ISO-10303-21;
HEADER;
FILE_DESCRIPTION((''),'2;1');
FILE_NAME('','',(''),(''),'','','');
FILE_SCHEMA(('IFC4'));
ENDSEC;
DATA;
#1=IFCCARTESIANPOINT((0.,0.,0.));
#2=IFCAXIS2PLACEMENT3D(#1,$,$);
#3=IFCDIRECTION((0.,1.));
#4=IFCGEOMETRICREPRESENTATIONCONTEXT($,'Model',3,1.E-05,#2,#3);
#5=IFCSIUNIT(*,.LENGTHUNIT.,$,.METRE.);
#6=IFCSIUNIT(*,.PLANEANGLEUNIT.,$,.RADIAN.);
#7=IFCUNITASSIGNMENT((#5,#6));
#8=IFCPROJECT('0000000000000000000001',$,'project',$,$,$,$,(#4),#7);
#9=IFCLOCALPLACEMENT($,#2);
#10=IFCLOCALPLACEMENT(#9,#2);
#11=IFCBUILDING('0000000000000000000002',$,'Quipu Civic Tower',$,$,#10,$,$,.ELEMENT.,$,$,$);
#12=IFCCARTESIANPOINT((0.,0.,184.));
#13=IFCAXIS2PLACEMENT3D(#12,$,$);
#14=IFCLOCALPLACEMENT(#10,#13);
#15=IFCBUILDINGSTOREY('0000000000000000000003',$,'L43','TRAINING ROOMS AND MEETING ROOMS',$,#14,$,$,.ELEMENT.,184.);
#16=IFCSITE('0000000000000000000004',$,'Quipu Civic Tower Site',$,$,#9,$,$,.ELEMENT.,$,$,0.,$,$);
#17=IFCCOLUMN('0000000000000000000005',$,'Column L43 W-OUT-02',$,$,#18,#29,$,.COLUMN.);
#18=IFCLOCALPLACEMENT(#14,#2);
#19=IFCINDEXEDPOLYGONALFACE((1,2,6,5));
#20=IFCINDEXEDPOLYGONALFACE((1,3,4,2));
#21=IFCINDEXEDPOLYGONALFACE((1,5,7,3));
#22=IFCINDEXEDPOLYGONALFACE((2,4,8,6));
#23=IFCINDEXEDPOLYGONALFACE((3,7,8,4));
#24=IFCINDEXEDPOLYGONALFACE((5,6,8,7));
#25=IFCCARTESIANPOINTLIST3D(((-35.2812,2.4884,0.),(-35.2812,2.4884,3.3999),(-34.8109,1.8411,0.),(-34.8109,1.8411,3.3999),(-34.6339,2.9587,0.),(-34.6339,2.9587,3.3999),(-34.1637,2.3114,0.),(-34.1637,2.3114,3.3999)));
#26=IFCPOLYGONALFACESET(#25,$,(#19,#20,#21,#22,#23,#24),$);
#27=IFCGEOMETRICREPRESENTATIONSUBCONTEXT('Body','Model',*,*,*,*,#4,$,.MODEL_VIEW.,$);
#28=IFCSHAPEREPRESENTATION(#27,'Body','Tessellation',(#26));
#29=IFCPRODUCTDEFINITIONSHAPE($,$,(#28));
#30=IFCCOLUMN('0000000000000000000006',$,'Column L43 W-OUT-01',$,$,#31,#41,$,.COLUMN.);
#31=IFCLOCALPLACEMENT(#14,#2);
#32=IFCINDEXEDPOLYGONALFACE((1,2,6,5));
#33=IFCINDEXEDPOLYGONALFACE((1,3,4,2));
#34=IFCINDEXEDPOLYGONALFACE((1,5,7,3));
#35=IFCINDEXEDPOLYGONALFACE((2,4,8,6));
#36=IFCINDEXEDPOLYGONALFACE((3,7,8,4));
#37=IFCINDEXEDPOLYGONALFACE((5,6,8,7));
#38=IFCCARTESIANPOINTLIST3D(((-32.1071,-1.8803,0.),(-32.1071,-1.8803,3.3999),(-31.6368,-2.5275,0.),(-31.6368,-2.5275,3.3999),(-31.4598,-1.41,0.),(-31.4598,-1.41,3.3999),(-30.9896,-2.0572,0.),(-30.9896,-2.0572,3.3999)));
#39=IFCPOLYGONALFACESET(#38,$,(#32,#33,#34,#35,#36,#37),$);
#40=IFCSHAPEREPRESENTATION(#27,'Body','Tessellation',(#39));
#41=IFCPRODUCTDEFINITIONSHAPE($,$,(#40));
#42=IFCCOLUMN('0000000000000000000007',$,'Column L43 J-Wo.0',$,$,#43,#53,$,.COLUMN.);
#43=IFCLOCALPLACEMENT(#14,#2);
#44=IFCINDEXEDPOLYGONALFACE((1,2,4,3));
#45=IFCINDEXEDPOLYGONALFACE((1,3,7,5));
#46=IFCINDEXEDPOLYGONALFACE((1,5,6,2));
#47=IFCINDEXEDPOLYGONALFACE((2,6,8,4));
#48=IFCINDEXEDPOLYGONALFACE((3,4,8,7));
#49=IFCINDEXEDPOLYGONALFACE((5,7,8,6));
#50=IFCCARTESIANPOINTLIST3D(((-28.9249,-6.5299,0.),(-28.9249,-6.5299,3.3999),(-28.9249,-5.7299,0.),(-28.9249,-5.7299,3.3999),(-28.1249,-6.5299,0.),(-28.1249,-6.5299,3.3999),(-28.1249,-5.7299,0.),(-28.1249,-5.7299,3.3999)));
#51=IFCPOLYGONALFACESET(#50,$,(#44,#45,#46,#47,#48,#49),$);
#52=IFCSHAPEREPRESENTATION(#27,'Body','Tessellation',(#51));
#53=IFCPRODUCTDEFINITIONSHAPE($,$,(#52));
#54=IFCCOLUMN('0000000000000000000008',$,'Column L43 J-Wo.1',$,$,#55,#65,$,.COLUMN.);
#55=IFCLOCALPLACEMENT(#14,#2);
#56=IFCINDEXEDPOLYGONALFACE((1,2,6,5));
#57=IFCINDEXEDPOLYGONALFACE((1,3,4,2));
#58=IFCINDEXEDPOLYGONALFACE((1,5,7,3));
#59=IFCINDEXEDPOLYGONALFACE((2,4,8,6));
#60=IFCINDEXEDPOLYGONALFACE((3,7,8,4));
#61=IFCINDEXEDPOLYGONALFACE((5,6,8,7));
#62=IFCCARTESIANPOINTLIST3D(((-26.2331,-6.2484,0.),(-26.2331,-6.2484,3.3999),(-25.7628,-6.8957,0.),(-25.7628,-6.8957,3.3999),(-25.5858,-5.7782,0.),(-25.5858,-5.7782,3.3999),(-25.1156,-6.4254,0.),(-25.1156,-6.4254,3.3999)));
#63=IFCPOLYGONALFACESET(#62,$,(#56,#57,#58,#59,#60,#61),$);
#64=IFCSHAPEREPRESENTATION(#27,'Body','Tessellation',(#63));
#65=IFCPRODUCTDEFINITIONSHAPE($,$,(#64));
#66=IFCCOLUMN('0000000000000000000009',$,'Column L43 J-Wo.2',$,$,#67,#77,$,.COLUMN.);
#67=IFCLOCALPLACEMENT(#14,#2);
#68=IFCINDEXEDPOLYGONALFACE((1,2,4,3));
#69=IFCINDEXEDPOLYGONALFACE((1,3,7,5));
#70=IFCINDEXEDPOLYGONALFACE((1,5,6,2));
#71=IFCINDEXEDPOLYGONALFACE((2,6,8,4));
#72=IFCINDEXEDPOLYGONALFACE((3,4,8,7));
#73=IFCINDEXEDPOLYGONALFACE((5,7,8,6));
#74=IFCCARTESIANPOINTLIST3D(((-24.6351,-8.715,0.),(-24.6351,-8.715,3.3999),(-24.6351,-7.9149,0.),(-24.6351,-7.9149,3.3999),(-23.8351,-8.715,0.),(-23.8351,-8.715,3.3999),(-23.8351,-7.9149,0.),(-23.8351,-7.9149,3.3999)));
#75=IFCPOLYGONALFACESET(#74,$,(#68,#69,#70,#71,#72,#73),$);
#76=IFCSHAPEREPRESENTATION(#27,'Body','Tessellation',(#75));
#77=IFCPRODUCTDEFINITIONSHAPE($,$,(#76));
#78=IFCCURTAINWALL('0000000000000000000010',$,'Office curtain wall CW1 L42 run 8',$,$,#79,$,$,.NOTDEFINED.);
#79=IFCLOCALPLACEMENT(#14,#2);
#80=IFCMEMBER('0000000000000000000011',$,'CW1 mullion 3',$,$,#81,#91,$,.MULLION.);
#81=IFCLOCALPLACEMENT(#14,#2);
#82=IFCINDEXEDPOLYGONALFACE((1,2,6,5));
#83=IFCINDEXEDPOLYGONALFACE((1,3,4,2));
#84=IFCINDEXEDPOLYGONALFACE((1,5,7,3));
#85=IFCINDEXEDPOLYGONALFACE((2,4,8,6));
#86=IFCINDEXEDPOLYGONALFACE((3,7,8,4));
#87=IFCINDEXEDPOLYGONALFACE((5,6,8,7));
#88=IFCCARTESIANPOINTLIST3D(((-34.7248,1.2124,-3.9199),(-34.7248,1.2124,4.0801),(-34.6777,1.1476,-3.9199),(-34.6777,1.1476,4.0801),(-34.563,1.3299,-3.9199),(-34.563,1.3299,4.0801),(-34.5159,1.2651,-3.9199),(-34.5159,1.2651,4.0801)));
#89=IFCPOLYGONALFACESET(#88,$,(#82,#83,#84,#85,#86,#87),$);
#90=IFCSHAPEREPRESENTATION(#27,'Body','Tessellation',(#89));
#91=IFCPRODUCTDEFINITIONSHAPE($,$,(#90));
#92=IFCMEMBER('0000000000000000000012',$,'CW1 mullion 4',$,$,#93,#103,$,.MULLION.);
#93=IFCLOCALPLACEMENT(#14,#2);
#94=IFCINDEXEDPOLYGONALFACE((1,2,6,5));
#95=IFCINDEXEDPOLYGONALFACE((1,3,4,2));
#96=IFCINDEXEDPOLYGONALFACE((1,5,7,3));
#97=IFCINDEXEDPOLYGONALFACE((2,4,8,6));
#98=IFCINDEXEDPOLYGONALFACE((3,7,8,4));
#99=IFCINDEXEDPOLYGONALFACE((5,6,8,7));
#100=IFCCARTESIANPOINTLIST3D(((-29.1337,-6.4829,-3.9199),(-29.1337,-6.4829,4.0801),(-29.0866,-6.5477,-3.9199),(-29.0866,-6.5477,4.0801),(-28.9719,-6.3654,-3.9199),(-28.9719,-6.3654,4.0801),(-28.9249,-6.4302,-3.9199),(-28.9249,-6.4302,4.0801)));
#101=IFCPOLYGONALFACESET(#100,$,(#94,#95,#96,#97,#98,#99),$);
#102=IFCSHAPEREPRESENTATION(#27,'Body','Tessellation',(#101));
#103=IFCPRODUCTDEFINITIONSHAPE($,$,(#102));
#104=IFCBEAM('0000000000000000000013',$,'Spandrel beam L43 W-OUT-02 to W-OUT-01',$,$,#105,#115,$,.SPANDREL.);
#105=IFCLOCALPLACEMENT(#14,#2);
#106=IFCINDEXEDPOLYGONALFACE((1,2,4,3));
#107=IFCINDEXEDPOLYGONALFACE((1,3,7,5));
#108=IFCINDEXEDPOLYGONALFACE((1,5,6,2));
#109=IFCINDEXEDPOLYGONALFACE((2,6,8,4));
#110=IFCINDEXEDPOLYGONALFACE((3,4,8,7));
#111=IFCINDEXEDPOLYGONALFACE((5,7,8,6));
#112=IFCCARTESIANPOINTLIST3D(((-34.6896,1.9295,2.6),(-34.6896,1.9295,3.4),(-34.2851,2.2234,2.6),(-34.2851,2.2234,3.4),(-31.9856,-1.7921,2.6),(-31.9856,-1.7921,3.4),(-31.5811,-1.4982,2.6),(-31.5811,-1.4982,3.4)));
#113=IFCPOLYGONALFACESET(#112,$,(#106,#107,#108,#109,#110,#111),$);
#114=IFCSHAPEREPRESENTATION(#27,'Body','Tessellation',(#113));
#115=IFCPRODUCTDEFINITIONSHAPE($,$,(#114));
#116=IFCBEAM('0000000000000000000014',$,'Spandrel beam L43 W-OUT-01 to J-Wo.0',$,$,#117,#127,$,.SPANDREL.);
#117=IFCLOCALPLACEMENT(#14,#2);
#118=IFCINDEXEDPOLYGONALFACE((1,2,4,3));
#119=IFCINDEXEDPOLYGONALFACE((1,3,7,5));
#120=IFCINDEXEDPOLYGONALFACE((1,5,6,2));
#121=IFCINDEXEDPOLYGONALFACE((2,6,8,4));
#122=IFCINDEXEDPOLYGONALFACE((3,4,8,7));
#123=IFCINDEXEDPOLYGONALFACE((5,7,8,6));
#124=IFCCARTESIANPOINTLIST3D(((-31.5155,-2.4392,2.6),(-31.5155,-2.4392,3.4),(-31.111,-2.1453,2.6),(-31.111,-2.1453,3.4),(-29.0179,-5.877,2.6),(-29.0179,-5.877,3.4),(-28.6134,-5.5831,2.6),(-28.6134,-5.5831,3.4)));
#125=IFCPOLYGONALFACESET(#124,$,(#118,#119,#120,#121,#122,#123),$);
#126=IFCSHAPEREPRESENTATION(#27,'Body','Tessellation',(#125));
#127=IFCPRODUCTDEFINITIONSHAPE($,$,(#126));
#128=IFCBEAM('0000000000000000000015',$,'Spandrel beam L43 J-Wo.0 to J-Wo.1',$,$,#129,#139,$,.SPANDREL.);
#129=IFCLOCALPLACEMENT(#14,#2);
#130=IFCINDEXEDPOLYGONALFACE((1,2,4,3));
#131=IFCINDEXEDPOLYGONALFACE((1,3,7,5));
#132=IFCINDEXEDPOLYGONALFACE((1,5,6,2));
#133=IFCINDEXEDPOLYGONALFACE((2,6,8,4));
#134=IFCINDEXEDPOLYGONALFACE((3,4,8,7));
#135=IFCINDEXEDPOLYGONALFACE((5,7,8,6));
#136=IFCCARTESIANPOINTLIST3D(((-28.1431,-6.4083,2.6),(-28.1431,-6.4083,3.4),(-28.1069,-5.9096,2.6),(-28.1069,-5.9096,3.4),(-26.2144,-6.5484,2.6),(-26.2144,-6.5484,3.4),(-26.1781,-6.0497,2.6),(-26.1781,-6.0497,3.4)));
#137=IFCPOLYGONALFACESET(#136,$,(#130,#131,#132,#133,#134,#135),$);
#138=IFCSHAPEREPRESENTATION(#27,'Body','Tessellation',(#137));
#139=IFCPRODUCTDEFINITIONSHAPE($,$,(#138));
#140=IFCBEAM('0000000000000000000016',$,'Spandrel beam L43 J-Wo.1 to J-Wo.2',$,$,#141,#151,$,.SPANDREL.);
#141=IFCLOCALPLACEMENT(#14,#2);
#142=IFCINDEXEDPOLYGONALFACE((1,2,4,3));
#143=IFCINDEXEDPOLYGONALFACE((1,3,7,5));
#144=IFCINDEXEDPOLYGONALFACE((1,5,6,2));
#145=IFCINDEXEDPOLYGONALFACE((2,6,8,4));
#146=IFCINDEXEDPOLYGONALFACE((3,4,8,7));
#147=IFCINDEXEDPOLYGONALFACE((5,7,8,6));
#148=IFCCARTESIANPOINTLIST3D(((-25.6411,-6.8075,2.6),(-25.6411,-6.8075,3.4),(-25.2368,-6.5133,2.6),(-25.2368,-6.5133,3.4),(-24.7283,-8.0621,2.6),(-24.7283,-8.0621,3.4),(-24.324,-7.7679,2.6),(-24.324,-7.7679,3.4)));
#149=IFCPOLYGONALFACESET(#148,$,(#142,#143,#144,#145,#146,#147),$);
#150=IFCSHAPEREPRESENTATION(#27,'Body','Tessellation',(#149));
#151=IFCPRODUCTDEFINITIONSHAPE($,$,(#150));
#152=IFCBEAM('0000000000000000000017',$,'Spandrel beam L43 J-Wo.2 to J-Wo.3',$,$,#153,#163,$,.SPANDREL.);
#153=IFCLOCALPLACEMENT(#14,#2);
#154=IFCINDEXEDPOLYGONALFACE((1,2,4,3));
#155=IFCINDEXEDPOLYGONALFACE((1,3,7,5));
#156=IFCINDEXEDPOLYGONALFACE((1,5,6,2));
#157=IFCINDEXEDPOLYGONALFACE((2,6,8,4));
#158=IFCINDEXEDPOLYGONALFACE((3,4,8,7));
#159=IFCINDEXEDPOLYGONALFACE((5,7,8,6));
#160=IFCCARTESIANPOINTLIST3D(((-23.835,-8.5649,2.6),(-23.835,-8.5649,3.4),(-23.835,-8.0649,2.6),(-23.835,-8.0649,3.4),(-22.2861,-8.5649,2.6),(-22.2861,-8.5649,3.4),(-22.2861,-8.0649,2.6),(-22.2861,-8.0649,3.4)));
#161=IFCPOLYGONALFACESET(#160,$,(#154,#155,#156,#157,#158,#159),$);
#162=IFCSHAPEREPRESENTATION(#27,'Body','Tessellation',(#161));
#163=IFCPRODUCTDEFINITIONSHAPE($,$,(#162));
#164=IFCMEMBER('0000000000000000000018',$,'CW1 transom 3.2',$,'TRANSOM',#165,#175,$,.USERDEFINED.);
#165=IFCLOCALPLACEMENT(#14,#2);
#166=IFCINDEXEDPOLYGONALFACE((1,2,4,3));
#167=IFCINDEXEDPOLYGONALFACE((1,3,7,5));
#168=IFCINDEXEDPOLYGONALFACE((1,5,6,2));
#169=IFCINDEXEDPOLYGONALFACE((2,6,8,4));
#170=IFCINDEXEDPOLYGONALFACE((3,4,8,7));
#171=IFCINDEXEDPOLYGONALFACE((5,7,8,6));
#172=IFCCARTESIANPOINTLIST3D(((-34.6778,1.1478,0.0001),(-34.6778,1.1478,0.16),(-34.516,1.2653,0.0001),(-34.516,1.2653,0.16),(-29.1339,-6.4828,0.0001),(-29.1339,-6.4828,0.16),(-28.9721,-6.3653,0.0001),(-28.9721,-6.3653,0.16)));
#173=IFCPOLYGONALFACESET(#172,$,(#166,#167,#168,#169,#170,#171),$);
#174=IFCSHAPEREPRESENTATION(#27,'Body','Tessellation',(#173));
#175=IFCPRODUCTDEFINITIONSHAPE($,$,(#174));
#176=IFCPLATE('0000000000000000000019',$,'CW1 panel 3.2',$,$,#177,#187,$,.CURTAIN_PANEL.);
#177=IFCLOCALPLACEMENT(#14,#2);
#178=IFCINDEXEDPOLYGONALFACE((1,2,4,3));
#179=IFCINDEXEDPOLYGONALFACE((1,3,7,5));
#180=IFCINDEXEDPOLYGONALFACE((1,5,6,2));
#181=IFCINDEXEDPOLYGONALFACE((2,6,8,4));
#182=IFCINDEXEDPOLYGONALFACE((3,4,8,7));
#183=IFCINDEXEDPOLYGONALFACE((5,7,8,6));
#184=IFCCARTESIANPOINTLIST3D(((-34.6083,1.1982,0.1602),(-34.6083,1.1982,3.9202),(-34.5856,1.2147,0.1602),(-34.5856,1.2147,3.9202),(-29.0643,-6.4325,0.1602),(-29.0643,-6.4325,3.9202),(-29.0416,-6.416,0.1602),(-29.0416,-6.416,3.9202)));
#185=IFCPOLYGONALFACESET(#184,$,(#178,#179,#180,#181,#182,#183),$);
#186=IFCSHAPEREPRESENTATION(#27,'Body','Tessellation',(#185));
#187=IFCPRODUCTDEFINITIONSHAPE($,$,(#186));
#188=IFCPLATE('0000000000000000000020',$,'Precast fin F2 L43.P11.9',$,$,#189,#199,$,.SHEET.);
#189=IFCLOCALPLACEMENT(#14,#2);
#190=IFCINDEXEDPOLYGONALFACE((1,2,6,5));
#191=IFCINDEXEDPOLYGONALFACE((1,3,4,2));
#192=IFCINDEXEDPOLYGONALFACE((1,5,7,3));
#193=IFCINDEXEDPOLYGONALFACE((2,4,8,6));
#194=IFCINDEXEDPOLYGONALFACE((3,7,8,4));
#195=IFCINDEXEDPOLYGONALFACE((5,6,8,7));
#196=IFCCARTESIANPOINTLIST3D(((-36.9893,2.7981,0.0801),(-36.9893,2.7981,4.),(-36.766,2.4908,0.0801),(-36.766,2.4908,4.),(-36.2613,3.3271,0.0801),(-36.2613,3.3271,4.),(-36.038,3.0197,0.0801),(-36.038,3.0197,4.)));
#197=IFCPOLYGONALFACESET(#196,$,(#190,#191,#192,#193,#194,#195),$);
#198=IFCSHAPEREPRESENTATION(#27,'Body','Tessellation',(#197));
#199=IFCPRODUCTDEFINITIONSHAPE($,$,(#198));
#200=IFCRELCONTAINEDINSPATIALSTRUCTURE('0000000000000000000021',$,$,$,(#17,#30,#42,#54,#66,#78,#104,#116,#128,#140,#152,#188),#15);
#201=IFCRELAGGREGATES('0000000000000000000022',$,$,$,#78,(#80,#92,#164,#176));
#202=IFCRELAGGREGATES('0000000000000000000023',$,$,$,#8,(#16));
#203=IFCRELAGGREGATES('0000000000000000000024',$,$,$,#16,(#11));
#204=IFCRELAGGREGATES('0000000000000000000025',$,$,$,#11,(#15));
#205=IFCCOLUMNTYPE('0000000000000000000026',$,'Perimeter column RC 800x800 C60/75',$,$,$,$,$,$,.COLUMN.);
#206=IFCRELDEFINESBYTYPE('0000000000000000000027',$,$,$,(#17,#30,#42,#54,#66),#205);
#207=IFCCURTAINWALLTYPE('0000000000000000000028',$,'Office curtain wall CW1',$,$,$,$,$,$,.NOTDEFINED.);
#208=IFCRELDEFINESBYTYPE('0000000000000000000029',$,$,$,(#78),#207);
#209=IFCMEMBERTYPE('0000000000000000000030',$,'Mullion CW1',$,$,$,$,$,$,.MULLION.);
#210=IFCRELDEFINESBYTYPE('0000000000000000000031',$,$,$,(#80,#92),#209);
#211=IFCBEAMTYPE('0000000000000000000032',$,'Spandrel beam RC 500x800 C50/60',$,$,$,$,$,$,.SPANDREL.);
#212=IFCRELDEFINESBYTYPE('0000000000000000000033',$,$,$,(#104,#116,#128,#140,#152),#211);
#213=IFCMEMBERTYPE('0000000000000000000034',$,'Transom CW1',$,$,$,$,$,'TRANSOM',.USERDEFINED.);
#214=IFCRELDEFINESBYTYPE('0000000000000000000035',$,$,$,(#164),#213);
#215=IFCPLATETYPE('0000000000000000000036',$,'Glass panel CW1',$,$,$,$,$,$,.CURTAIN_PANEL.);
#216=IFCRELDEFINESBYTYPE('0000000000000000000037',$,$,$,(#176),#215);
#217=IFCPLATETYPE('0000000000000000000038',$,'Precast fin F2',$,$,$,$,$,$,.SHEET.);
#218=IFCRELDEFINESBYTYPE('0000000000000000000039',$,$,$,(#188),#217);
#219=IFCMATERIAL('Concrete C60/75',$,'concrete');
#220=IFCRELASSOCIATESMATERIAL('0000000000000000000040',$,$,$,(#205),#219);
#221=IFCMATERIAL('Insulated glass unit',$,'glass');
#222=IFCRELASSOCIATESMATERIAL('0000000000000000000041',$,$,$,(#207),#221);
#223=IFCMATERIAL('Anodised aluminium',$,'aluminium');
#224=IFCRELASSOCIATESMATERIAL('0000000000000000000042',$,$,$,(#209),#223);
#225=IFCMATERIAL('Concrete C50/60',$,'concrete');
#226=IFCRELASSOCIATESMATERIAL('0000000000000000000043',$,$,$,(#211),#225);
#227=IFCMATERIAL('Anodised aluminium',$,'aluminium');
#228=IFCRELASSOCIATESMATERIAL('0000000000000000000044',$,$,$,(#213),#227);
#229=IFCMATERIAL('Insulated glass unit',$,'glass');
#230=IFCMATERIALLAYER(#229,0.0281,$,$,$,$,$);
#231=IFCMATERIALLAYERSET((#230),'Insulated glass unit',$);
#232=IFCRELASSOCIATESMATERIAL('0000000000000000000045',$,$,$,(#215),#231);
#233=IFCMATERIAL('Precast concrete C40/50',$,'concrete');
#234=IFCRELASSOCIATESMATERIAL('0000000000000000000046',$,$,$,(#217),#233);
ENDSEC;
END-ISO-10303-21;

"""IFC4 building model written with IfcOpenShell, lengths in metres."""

from ifc_helpers import new_model, si_unit, direction, frame, origin, origin_2d, place, context, subcontext, project, spatial, rectangle, extrude, material, layer, layer_set, material_profile, profile_set, type_object, element, aggregate, save


model = new_model("IFC4")

# Units and contexts
model_context = context("Model", 3, precision=1e-05, world=origin(), true_north=direction((0.0, 1.0)))
body_context = subcontext(model_context, "Body", "Model", "MODEL_VIEW")
ifc_project = project(units=[si_unit("LENGTHUNIT", "METRE"), si_unit("PLANEANGLEUNIT", "RADIAN")], contexts=[model_context])

# Site, building, storey
site_placement = place(None, origin())
site = spatial("IfcSite", under=ifc_project, at=site_placement, Name="Quipu Civic Tower Site", CompositionType="ELEMENT", RefElevation=0.0)
building_placement = place(site_placement, origin())
building = spatial("IfcBuilding", under=site, at=building_placement, Name="Quipu Civic Tower", CompositionType="ELEMENT")
storey_placement = place(building_placement, frame((0.0, 0.0, 184.0)))
storey = spatial("IfcBuildingStorey", under=building, at=storey_placement, Name="L43", Description="TRAINING ROOMS AND MEETING ROOMS", CompositionType="ELEMENT", Elevation=184.0)

# Columns
ifc_material_1 = material(Name="Concrete C60/75", Category="concrete")
ifc_material_profile_1 = material_profile(ifc_material_1, rectangle(XDim=0.8, YDim=0.8, at=origin_2d()), Name="RC800x800")
ifc_profile_set_1 = profile_set([ifc_material_profile_1], Name="Concrete C60/75")
column_type = type_object("IfcColumnType", Name="Perimeter column RC 800x800 C60/75", PredefinedType="COLUMN", material=ifc_profile_set_1)
for number, where, z_axis, x_axis, name in (
    (1, (-34.7224, 2.3999, 0.0), (0.0, 0.0, 1.0), (0.587785, -0.809017, 0.0), "Column L43 W-OUT-02"),
    (2, (-31.5483, -1.9688, 0.0), (0.0, 0.0, 1.0), (0.587785, -0.809017, 0.0), "Column L43 W-OUT-01"),
    (3, (-28.5249, -6.1299, 0.0), (0.0, 0.0, 1.0), (1.0, 0.0, 0.0), "Column L43 J-Wo.0"),
    (4, (-25.6743, -6.3369, 0.0), (0.0, 0.0, 1.0), (0.587785, -0.809017, 0.0), "Column L43 J-Wo.1"),
    (5, (-24.2351, -8.3149, 0.0), (0.0, 0.0, 1.0), (1.0, 0.0, 0.0), "Column L43 J-Wo.2"),
):
    element("IfcColumn", number, at=place(storey_placement, frame(where, z_axis=z_axis, x_axis=x_axis)), inside=storey, type_object=column_type, Name=name, PredefinedType="COLUMN", context=body_context, shape_type="SweptSolid", body=[
        extrude(rectangle(XDim=0.8, YDim=0.8, at=origin_2d()), origin(), (0.0, 0.0, 1.0), 3.3999),
    ])

# Curtain wall, members
ifc_material_2 = material(Name="Insulated glass unit", Category="glass")
curtain_wall_type = type_object("IfcCurtainWallType", Name="Office curtain wall CW1", PredefinedType="NOTDEFINED", material=ifc_material_2)
curtain_wall_placement = place(storey_placement, origin())
curtain_wall = element("IfcCurtainWall", 6, at=curtain_wall_placement, inside=storey, type_object=curtain_wall_type, Name="Office curtain wall CW1 L42 run 8", PredefinedType="NOTDEFINED")
ifc_material_3 = material(Name="Anodised aluminium", Category="aluminium")
ifc_material_profile_2 = material_profile(ifc_material_3, rectangle(XDim=0.2, YDim=0.0801, at=origin_2d()), Name="RECT 200x80")
ifc_profile_set_2 = profile_set([ifc_material_profile_2], Name="Anodised aluminium")
member_type_1 = type_object("IfcMemberType", Name="Mullion CW1", PredefinedType="MULLION", material=ifc_profile_set_2)
member_1_placement = place(storey_placement, frame((-34.6204, 1.2388, -3.9199), z_axis=(0.0, 0.0, 1.0), x_axis=(0.809017, 0.587786, 0.0)))
member_1 = element("IfcMember", 7, at=member_1_placement, type_object=member_type_1, Name="CW1 mullion 3", PredefinedType="MULLION", context=body_context, shape_type="SweptSolid", body=[
    extrude(rectangle(XDim=0.2, YDim=0.0801, at=origin_2d()), origin(), (0.0, 0.0, 1.0), 8.0),
])
member_2_placement = place(storey_placement, frame((-29.0293, -6.4565, -3.9199), z_axis=(0.0, 0.0, 1.0), x_axis=(0.809017, 0.587786, 0.0)))
member_2 = element("IfcMember", 8, at=member_2_placement, type_object=member_type_1, Name="CW1 mullion 4", PredefinedType="MULLION", context=body_context, shape_type="SweptSolid", body=[
    extrude(rectangle(XDim=0.2, YDim=0.0801, at=origin_2d()), origin(), (0.0, 0.0, 1.0), 8.0),
])

# Beams
ifc_material_4 = material(Name="Concrete C50/60", Category="concrete")
ifc_material_profile_3 = material_profile(ifc_material_4, rectangle(XDim=0.5, YDim=0.8, at=origin_2d()), Name="RC500x800")
ifc_profile_set_3 = profile_set([ifc_material_profile_3], Name="Concrete C50/60")
beam_type = type_object("IfcBeamType", Name="Spandrel beam RC 500x800 C50/60", PredefinedType="SPANDREL", material=ifc_profile_set_3)
beam_1_placement = place(storey_placement, frame((-34.4873, 2.0764, 3.0), z_axis=(0.587796, -0.809009, 0.0), x_axis=(0.809009, 0.587796, 0.0)))
element("IfcBeam", 9, at=beam_1_placement, inside=storey, type_object=beam_type, Name="Spandrel beam L43 W-OUT-02 to W-OUT-01", PredefinedType="SPANDREL", context=body_context, shape_type="SweptSolid", body=[
    extrude(rectangle(XDim=0.5, YDim=0.8, at=origin_2d()), origin(), (0.0, 0.0, 1.0), 4.6001),
])
beam_2_placement = place(storey_placement, frame((-31.3132, -2.2922, 3.0), z_axis=(0.587769, -0.809029, 0.0), x_axis=(0.809029, 0.587769, 0.0)))
element("IfcBeam", 10, at=beam_2_placement, inside=storey, type_object=beam_type, Name="Spandrel beam L43 W-OUT-01 to J-Wo.0", PredefinedType="SPANDREL", context=body_context, shape_type="SweptSolid", body=[
    extrude(rectangle(XDim=0.5, YDim=0.8, at=origin_2d()), origin(), (0.0, 0.0, 1.0), 4.2493),
])
beam_3_placement = place(storey_placement, frame((-28.125, -6.1589, 3.0), z_axis=(0.997371, -0.072467, 0.0), x_axis=(0.072467, 0.997371, 0.0)))
element("IfcBeam", 11, at=beam_3_placement, inside=storey, type_object=beam_type, Name="Spandrel beam L43 J-Wo.0 to J-Wo.1", PredefinedType="SPANDREL", context=body_context, shape_type="SweptSolid", body=[
    extrude(rectangle(XDim=0.5, YDim=0.8, at=origin_2d()), origin(), (0.0, 0.0, 1.0), 1.9338),
])
beam_4_placement = place(storey_placement, frame((-25.439, -6.6604, 3.0), z_axis=(0.588331, -0.80862, 0.0), x_axis=(0.80862, 0.588331, 0.0)))
element("IfcBeam", 12, at=beam_4_placement, inside=storey, type_object=beam_type, Name="Spandrel beam L43 J-Wo.1 to J-Wo.2", PredefinedType="SPANDREL", context=body_context, shape_type="SweptSolid", body=[
    extrude(rectangle(XDim=0.5, YDim=0.8, at=origin_2d()), origin(), (0.0, 0.0, 1.0), 1.5515),
])
beam_5_placement = place(storey_placement, frame((-23.835, -8.3149, 3.0), z_axis=(1.0, 0.0, 0.0), x_axis=(0.0, 1.0, 0.0)))
element("IfcBeam", 13, at=beam_5_placement, inside=storey, type_object=beam_type, Name="Spandrel beam L43 J-Wo.2 to J-Wo.3", PredefinedType="SPANDREL", context=body_context, shape_type="SweptSolid", body=[
    extrude(rectangle(XDim=0.5, YDim=0.8, at=origin_2d()), origin(), (0.0, 0.0, 1.0), 1.5488),
])

# Member
ifc_material_5 = material(Name="Anodised aluminium", Category="aluminium")
ifc_material_profile_4 = material_profile(ifc_material_5, rectangle(XDim=0.2, YDim=0.1599, at=origin_2d()), Name="RECT 200x160")
ifc_profile_set_4 = profile_set([ifc_material_profile_4], Name="Anodised aluminium")
member_type_2 = type_object("IfcMemberType", Name="Transom CW1", ElementType="TRANSOM", PredefinedType="USERDEFINED", material=ifc_profile_set_4)
member_3_placement = place(storey_placement, frame((-34.5969, 1.2065, 0.0801), z_axis=(0.587784, -0.809018, 0.0), x_axis=(0.809018, 0.587784, 0.0)))
member_3 = element("IfcMember", 14, at=member_3_placement, type_object=member_type_2, Name="CW1 transom 3.2", ObjectType="TRANSOM", PredefinedType="USERDEFINED", context=body_context, shape_type="SweptSolid", body=[
    extrude(rectangle(XDim=0.2, YDim=0.1599, at=origin_2d()), origin(), (0.0, 0.0, 1.0), 9.4319),
])

# Plate
ifc_material_6 = material(Name="Insulated glass unit", Category="glass")
ifc_layer = layer(ifc_material_6, 0.0281)
ifc_layer_set = layer_set([ifc_layer], Name="Insulated glass unit")
plate_type_1 = type_object("IfcPlateType", Name="Glass panel CW1", PredefinedType="CURTAIN_PANEL", material=ifc_layer_set)
plate_placement = place(storey_placement, frame((-31.825, -2.6089, 0.1602), z_axis=(0.0, 0.0, 1.0), x_axis=(0.587786, -0.809017, 0.0)))
plate = element("IfcPlate", 15, at=plate_placement, type_object=plate_type_1, Name="CW1 panel 3.2", PredefinedType="CURTAIN_PANEL", context=body_context, shape_type="SweptSolid", body=[
    extrude(rectangle(XDim=9.4321, YDim=0.0281, at=origin_2d()), origin(), (0.0, 0.0, 1.0), 3.76),
])
aggregate(curtain_wall, [member_1, member_2, member_3, plate])

# Plate
ifc_material_7 = material(Name="Precast concrete C40/50", Category="concrete")
plate_type_2 = type_object("IfcPlateType", Name="Precast fin F2", PredefinedType="SHEET", material=ifc_material_7)
for number, where, z_axis, x_axis, name in (
    (16, (-36.5137, 2.9089, 0.0801), (0.0, 0.0, 1.0), (0.587786, -0.809017, 0.0), "Precast fin F2 L43.P11.9"),
):
    element("IfcPlate", number, at=place(storey_placement, frame(where, z_axis=z_axis, x_axis=x_axis)), inside=storey, type_object=plate_type_2, Name=name, PredefinedType="SHEET", context=body_context, shape_type="SweptSolid", body=[
        extrude(rectangle(XDim=0.3799, YDim=0.8999, at=origin_2d()), origin(), (0.0, 0.0, 1.0), 3.9199),
    ])

save(model, "model.ifc")
